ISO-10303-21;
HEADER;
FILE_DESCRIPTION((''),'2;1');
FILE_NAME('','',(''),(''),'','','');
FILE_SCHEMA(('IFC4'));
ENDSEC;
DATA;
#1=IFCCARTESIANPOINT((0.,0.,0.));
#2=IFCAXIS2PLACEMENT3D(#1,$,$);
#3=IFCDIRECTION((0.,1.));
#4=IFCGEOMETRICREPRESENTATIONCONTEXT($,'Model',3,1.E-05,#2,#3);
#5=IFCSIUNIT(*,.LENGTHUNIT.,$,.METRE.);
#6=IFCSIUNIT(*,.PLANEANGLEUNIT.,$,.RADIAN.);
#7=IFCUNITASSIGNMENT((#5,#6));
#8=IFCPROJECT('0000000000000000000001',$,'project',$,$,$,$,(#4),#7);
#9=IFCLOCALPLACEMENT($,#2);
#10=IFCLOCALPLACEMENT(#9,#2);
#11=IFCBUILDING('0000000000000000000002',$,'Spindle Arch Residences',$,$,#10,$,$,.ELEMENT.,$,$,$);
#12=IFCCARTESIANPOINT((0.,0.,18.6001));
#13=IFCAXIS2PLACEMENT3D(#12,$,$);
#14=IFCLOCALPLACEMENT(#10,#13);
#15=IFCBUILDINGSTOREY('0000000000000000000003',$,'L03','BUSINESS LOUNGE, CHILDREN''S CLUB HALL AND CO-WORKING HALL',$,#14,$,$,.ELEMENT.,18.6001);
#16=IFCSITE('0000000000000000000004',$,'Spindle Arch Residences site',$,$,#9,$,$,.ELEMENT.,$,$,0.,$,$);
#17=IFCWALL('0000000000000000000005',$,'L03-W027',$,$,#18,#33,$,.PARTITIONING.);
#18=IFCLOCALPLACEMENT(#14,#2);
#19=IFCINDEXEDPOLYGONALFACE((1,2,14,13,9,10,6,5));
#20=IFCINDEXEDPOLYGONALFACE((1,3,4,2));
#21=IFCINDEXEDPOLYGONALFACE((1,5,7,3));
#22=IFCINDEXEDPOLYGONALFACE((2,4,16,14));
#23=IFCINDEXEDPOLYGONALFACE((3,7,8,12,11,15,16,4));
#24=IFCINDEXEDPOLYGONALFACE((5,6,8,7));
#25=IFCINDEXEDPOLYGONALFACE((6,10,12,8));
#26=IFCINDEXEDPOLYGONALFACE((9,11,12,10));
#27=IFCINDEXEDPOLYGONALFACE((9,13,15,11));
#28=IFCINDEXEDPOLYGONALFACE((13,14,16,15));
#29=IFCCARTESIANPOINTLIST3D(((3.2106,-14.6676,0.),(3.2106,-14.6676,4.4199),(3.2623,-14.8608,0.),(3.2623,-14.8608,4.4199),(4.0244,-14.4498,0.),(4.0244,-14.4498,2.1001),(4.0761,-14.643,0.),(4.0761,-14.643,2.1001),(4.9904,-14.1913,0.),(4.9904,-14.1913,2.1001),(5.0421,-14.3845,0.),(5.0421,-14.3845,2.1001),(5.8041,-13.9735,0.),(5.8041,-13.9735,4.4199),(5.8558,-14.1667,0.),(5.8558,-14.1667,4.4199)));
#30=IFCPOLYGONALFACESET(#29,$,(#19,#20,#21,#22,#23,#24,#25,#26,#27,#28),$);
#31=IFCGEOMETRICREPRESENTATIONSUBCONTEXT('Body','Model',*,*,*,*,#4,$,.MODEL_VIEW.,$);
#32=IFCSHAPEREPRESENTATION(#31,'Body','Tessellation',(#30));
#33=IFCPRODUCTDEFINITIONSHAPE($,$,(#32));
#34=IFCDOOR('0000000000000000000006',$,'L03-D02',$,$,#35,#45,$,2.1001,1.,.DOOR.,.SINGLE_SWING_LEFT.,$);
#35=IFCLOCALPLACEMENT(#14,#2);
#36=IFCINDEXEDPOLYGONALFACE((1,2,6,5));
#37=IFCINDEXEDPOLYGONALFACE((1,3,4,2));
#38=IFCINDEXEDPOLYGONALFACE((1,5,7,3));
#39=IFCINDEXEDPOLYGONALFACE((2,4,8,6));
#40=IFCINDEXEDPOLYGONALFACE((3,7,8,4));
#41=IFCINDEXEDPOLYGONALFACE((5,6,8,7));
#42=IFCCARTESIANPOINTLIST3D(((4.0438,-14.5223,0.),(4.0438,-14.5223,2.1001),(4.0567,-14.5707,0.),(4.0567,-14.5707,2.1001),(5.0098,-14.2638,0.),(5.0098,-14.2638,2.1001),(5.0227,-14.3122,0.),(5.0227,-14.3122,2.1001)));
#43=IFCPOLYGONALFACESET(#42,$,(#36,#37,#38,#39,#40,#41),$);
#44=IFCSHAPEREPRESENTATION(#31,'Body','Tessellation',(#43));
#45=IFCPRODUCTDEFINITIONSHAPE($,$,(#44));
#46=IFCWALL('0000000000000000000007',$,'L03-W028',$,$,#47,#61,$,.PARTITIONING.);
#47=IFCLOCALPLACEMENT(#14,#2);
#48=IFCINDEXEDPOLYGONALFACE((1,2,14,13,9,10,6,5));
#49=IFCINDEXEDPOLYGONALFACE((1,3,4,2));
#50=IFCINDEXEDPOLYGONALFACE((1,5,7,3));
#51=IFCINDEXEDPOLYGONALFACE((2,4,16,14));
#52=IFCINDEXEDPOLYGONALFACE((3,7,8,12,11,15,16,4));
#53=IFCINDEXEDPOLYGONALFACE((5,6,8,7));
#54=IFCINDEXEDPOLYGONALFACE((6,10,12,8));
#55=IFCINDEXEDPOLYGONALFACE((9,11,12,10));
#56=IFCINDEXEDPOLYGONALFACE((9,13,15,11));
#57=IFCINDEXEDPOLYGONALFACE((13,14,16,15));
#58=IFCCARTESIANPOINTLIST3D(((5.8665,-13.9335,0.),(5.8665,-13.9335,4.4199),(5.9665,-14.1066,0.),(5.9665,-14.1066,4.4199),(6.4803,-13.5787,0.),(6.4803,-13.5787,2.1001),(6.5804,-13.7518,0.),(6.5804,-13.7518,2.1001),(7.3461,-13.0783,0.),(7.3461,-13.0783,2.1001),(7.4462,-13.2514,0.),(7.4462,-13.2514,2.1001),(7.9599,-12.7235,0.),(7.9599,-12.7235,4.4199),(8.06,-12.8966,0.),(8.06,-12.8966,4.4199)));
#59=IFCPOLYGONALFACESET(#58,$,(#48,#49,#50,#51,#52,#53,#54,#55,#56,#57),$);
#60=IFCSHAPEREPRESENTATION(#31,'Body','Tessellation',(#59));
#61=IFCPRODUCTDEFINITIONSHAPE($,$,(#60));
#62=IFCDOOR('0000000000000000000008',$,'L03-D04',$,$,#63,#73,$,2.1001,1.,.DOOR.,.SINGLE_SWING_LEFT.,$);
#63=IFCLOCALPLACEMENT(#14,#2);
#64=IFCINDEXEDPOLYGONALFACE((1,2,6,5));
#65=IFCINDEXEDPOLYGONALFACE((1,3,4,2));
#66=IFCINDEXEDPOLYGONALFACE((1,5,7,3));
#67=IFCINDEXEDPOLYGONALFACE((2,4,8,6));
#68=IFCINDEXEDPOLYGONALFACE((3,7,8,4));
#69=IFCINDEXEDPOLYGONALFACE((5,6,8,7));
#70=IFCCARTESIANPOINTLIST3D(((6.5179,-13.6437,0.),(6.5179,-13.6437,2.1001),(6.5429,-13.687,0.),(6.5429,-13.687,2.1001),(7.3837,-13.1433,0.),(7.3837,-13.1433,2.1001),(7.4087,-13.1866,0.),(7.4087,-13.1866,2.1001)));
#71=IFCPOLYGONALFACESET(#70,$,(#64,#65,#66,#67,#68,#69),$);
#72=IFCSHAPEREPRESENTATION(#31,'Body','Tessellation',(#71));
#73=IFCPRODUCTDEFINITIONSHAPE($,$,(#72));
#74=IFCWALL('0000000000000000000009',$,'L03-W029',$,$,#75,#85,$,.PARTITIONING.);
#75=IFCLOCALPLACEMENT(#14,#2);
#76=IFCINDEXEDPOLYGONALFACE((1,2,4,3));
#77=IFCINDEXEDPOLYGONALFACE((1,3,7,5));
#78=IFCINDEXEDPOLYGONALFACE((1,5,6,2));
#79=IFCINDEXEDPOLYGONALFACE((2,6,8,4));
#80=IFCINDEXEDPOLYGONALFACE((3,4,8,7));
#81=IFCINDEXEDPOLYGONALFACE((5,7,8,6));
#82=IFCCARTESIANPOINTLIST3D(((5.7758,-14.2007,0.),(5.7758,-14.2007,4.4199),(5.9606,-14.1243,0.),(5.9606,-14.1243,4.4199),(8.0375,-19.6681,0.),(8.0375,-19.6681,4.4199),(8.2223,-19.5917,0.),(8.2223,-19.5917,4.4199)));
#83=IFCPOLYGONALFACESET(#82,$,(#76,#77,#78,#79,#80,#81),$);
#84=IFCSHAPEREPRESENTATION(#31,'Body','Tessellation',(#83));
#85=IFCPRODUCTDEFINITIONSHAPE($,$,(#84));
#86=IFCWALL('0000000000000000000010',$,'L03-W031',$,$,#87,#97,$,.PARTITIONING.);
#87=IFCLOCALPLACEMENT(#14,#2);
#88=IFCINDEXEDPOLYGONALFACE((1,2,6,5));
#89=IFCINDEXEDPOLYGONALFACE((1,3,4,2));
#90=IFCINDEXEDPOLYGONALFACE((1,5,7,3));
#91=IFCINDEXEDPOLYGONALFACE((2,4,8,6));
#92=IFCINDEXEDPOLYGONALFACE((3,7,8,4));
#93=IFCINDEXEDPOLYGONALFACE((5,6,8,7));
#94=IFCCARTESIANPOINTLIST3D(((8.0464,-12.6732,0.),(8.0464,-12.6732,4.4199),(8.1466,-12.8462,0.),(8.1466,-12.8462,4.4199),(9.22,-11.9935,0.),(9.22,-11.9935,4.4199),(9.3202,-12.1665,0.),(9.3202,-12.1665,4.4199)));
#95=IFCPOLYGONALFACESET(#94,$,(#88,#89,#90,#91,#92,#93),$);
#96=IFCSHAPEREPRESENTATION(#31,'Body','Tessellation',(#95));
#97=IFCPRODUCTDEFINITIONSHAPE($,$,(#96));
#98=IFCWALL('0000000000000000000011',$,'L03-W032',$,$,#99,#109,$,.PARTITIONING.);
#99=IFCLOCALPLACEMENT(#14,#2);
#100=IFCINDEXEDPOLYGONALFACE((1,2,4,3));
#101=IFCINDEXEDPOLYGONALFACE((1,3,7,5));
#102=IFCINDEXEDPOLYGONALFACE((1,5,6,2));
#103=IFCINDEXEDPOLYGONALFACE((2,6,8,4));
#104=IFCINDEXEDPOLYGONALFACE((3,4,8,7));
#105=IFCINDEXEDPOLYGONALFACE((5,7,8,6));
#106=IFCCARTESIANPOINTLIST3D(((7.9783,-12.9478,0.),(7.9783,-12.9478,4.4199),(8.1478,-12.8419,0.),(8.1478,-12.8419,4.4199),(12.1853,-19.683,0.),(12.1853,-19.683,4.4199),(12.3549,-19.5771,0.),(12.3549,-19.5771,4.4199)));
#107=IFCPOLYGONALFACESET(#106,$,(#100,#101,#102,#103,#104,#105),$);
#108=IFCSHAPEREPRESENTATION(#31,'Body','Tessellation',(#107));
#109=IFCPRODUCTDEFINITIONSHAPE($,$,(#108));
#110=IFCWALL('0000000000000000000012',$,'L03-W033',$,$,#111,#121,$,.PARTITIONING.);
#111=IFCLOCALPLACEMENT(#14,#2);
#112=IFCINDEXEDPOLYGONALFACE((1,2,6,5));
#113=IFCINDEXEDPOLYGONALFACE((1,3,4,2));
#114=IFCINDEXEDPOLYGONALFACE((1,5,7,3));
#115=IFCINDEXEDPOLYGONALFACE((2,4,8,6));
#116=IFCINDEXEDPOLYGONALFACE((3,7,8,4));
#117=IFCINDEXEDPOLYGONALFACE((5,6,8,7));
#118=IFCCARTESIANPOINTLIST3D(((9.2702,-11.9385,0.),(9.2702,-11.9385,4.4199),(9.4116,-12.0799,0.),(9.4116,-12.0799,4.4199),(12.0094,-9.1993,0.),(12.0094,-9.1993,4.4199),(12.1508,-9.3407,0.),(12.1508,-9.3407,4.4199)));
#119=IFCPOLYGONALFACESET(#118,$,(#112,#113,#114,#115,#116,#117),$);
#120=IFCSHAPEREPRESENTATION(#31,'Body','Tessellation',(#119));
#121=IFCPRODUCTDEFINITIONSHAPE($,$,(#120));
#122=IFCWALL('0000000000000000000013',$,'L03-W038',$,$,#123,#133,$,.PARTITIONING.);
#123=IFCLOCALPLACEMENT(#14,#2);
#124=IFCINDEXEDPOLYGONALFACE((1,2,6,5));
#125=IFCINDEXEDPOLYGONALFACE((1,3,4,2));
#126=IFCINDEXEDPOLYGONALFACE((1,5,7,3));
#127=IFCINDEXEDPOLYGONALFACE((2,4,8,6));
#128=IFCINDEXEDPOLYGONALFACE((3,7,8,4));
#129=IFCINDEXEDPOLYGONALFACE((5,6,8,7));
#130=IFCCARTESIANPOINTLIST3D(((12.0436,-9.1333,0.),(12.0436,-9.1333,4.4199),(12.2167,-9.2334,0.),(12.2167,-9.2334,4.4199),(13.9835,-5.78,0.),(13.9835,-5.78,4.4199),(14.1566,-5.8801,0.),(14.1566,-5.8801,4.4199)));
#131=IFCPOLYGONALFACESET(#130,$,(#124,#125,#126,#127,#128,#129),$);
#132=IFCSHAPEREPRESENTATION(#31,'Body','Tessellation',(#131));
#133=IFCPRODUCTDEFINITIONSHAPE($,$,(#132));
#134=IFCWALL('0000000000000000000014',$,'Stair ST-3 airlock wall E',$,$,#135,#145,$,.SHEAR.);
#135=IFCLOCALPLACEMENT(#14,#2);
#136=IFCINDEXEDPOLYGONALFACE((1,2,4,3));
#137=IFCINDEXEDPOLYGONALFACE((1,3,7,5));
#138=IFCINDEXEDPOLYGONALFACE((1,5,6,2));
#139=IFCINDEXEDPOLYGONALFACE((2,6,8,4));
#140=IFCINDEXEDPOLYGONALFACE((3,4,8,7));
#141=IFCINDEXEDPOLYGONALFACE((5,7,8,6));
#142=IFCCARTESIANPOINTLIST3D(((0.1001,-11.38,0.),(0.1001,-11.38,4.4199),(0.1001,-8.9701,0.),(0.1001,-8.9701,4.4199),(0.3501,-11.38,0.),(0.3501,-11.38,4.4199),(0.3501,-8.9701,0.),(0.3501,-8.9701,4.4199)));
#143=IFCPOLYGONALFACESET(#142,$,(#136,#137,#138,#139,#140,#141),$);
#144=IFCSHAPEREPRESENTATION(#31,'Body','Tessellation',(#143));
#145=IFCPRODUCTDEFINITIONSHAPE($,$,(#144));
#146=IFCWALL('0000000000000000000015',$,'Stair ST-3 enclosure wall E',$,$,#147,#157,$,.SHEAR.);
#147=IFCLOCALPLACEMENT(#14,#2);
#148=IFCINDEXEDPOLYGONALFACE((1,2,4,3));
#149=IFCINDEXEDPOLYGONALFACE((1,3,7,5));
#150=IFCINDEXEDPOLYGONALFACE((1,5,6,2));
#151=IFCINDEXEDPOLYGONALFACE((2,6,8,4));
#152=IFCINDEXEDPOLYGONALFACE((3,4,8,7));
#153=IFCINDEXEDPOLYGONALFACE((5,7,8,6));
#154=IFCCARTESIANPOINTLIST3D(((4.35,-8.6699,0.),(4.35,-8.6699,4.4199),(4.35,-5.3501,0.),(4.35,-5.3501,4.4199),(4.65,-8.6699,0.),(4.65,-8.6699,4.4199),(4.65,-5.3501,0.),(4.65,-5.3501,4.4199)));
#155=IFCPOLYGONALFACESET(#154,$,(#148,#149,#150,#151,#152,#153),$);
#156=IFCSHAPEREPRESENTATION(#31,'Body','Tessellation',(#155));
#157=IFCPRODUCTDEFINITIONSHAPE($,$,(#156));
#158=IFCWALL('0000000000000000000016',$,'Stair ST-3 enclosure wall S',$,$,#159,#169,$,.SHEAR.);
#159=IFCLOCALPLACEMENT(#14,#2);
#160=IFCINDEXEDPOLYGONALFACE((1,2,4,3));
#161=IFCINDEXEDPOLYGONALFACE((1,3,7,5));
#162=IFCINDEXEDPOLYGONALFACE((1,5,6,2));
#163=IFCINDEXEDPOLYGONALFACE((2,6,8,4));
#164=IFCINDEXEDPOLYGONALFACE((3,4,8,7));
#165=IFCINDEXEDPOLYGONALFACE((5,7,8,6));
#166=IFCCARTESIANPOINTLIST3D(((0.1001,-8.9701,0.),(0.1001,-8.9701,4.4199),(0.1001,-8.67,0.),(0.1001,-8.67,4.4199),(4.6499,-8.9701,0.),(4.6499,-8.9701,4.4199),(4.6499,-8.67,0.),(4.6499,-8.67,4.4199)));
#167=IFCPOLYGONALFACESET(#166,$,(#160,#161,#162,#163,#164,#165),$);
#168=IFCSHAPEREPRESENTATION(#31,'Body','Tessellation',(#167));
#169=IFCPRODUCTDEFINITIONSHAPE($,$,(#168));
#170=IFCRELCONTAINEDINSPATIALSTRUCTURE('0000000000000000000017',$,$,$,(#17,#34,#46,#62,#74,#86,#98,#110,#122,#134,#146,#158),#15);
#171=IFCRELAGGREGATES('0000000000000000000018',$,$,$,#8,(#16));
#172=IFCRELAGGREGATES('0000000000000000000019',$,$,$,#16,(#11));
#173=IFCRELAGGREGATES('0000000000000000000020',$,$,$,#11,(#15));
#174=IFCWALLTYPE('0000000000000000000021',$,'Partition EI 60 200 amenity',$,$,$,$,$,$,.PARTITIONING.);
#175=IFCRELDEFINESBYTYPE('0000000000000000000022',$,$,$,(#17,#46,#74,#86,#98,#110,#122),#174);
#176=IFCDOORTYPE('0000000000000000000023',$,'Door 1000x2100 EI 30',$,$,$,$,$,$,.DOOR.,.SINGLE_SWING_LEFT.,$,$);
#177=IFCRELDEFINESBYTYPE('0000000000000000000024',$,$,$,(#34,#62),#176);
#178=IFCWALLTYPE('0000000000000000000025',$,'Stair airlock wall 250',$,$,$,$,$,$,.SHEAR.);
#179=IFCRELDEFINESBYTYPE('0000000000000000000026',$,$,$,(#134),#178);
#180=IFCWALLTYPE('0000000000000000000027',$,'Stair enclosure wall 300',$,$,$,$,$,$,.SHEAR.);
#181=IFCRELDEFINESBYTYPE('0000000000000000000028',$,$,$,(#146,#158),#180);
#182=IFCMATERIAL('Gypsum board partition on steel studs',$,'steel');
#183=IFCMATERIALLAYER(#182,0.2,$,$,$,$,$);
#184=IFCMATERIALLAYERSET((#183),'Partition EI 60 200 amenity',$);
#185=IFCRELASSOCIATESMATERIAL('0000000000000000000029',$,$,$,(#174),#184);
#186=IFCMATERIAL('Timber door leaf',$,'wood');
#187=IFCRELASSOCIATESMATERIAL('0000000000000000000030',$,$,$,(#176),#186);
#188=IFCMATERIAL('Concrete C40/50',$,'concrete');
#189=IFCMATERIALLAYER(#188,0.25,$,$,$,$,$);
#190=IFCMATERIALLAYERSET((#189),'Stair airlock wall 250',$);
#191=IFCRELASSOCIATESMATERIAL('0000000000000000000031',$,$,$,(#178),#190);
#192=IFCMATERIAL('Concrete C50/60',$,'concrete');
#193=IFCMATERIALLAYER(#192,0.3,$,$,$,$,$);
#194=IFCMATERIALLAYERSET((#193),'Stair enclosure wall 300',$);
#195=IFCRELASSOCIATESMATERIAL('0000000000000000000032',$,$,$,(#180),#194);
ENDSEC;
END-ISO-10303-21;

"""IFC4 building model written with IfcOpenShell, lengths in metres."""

from ifc_helpers import new_model, si_unit, direction, frame, frame_2d, origin, place, context, subcontext, project, spatial, rectangle, extrude, material, layer, layer_set, type_object, element, fill, save


model = new_model("IFC4")

# Units and contexts
model_context = context("Model", 3, precision=1e-05, world=origin(), true_north=direction((0.0, 1.0)))
body_context = subcontext(model_context, "Body", "Model", "MODEL_VIEW")
ifc_project = project(units=[si_unit("LENGTHUNIT", "METRE"), si_unit("PLANEANGLEUNIT", "RADIAN")], contexts=[model_context])

# Site, building, storey
site_placement = place(None, origin())
site = spatial("IfcSite", under=ifc_project, at=site_placement, Name="Spindle Arch Residences site", CompositionType="ELEMENT", RefElevation=0.0)
building_placement = place(site_placement, origin())
building = spatial("IfcBuilding", under=site, at=building_placement, Name="Spindle Arch Residences", CompositionType="ELEMENT")
storey_placement = place(building_placement, frame((0.0, 0.0, 18.6001)))
storey = spatial("IfcBuildingStorey", under=building, at=storey_placement, Name="L03", Description="BUSINESS LOUNGE, CHILDREN'S CLUB HALL AND CO-WORKING HALL", CompositionType="ELEMENT", Elevation=18.6001)

# Shared definitions
ifc_material_1 = material(Name="Gypsum board partition on steel studs", Category="steel")
ifc_layer_1 = layer(ifc_material_1, 0.2)
ifc_layer_set_1 = layer_set([ifc_layer_1], Name="Partition EI 60 200 amenity")
wall_type_1 = type_object("IfcWallType", Name="Partition EI 60 200 amenity", PredefinedType="PARTITIONING", material=ifc_layer_set_1)

# Walls, openings, doors
wall_1_placement = place(storey_placement, frame((3.2366, -14.7642, 0.0), z_axis=(0.0, 0.0, 1.0), x_axis=(0.966004, 0.258529, 0.0)))
wall_1 = element("IfcWall", 1, at=wall_1_placement, inside=storey, type_object=wall_type_1, Name="L03-W027", PredefinedType="PARTITIONING", context=body_context, shape_type="SweptSolid", body=[
    extrude(rectangle(XDim=2.6848, YDim=0.2, at=frame_2d((1.3423, 0.0))), origin(), (0.0, 0.0, 1.0), 4.4199),
])
opening_1_placement = place(wall_1_placement, frame((0.8423, 0.0, 0.0)))
opening_1 = element("IfcOpeningElement", 2, at=opening_1_placement, cuts=wall_1, PredefinedType="OPENING", context=body_context, shape_type="SweptSolid", body=[
    extrude(rectangle(XDim=1.0, YDim=2.1001, at=frame_2d((0.5, 1.05))), frame((0.0, 0.1099, 0.0), z_axis=(0.0, -1.0, 0.0), x_axis=(1.0, 0.0, 0.0)), (0.0, 0.0, 1.0), 0.22),
])
ifc_material_2 = material(Name="Timber door leaf", Category="wood")
door_type_1 = type_object("IfcDoorType", Name="Door 1000x2100 EI 30", OperationType="SINGLE_SWING_LEFT", PredefinedType="DOOR", material=ifc_material_2)
door_1_placement = place(opening_1_placement, origin())
door_1 = element("IfcDoor", 3, at=door_1_placement, inside=storey, type_object=door_type_1, Name="L03-D02", OperationType="SINGLE_SWING_LEFT", OverallHeight=2.1001, OverallWidth=1.0, PredefinedType="DOOR", context=body_context, shape_type="SweptSolid", body=[
    extrude(rectangle(XDim=1.0, YDim=2.1001, at=frame_2d((0.5, 1.05))), frame((0.0, 0.0249, 0.0), z_axis=(0.0, -1.0, 0.0), x_axis=(1.0, 0.0, 0.0)), (0.0, 0.0, 1.0), 0.05),
])
fill(opening_1, door_1)
wall_2_placement = place(storey_placement, frame((5.9165, -14.02, 0.0), z_axis=(0.0, 0.0, 1.0), x_axis=(0.865797, 0.500395, 0.0)))
wall_2 = element("IfcWall", 4, at=wall_2_placement, inside=storey, type_object=wall_type_1, Name="L03-W028", PredefinedType="PARTITIONING", context=body_context, shape_type="SweptSolid", body=[
    extrude(rectangle(XDim=2.418, YDim=0.2, at=frame_2d((1.209, 0.0))), origin(), (0.0, 0.0, 1.0), 4.4199),
])
opening_2_placement = place(wall_2_placement, frame((0.709, 0.0, 0.0)))
opening_2 = element("IfcOpeningElement", 5, at=opening_2_placement, cuts=wall_2, PredefinedType="OPENING", context=body_context, shape_type="SweptSolid", body=[
    extrude(rectangle(XDim=1.0, YDim=2.1001, at=frame_2d((0.5, 1.05))), frame((0.0, 0.1099, 0.0), z_axis=(0.0, -1.0, 0.0), x_axis=(1.0, 0.0, 0.0)), (0.0, 0.0, 1.0), 0.22),
])
door_2_placement = place(opening_2_placement, origin())
door_2 = element("IfcDoor", 6, at=door_2_placement, inside=storey, type_object=door_type_1, Name="L03-D04", OperationType="SINGLE_SWING_LEFT", OverallHeight=2.1001, OverallWidth=1.0, PredefinedType="DOOR", context=body_context, shape_type="SweptSolid", body=[
    extrude(rectangle(XDim=1.0, YDim=2.1001, at=frame_2d((0.5, 1.05))), frame((0.0, 0.0249, 0.0), z_axis=(0.0, -1.0, 0.0), x_axis=(1.0, 0.0, 0.0)), (0.0, 0.0, 1.0), 0.05),
])
fill(opening_2, door_2)

# Walls
wall_3_placement = place(storey_placement, frame((5.8682, -14.1624, 0.0), z_axis=(0.0, 0.0, 1.0), x_axis=(0.38225, -0.924059, 0.0)))
element("IfcWall", 7, at=wall_3_placement, inside=storey, type_object=wall_type_1, Name="L03-W029", PredefinedType="PARTITIONING", context=body_context, shape_type="SweptSolid", body=[
    extrude(rectangle(XDim=5.9167, YDim=0.2, at=frame_2d((2.9585, 0.0))), origin(), (0.0, 0.0, 1.0), 4.4199),
])
wall_4_placement = place(storey_placement, frame((8.0964, -12.7598, 0.0), z_axis=(0.0, 0.0, 1.0), x_axis=(0.865348, 0.501171, 0.0)))
element("IfcWall", 8, at=wall_4_placement, inside=storey, type_object=wall_type_1, Name="L03-W031", PredefinedType="PARTITIONING", context=body_context, shape_type="SweptSolid", body=[
    extrude(rectangle(XDim=1.3562, YDim=0.2, at=frame_2d((0.6782, 0.0))), origin(), (0.0, 0.0, 1.0), 4.4199),
])
wall_5_placement = place(storey_placement, frame((8.063, -12.8948, 0.0), z_axis=(0.0, 0.0, 1.0), x_axis=(0.529781, -0.848135, 0.0)))
element("IfcWall", 9, at=wall_5_placement, inside=storey, type_object=wall_type_1, Name="L03-W032", PredefinedType="PARTITIONING", context=body_context, shape_type="SweptSolid", body=[
    extrude(rectangle(XDim=7.9412, YDim=0.2, at=frame_2d((3.9707, 0.0))), origin(), (0.0, 0.0, 1.0), 4.4199),
])
wall_6_placement = place(storey_placement, frame((9.3408, -12.0093, 0.0), z_axis=(0.0, 0.0, 1.0), x_axis=(0.707107, 0.707107, 0.0)))
element("IfcWall", 10, at=wall_6_placement, inside=storey, type_object=wall_type_1, Name="L03-W033", PredefinedType="PARTITIONING", context=body_context, shape_type="SweptSolid", body=[
    extrude(rectangle(XDim=3.8738, YDim=0.2, at=frame_2d((1.937, 0.0))), origin(), (0.0, 0.0, 1.0), 4.4199),
])
wall_7_placement = place(storey_placement, frame((12.1301, -9.1833, 0.0), z_axis=(0.0, 0.0, 1.0), x_axis=(0.50076, 0.865586, 0.0)))
element("IfcWall", 11, at=wall_7_placement, inside=storey, type_object=wall_type_1, Name="L03-W038", PredefinedType="PARTITIONING", context=body_context, shape_type="SweptSolid", body=[
    extrude(rectangle(XDim=3.874, YDim=0.2, at=frame_2d((1.937, 0.0))), origin(), (0.0, 0.0, 1.0), 4.4199),
])
ifc_material_3 = material(Name="Concrete C40/50", Category="concrete")
ifc_layer_2 = layer(ifc_material_3, 0.25)
ifc_layer_set_2 = layer_set([ifc_layer_2], Name="Stair airlock wall 250")
wall_type_2 = type_object("IfcWallType", Name="Stair airlock wall 250", PredefinedType="SHEAR", material=ifc_layer_set_2)
wall_8_placement = place(storey_placement, frame((0.2251, -8.97, 0.0), z_axis=(0.0, 0.0, 1.0), x_axis=(0.0, -1.0, 0.0)))
element("IfcWall", 12, at=wall_8_placement, inside=storey, type_object=wall_type_2, Name="Stair ST-3 airlock wall E", PredefinedType="SHEAR", context=body_context, shape_type="SweptSolid", body=[
    extrude(rectangle(XDim=2.4099, YDim=0.25, at=frame_2d((1.2051, 0.0))), origin(), (0.0, 0.0, 1.0), 4.4199),
])
ifc_material_4 = material(Name="Concrete C50/60", Category="concrete")
ifc_layer_3 = layer(ifc_material_4, 0.3)
ifc_layer_set_3 = layer_set([ifc_layer_3], Name="Stair enclosure wall 300")
wall_type_3 = type_object("IfcWallType", Name="Stair enclosure wall 300", PredefinedType="SHEAR", material=ifc_layer_set_3)
wall_9_placement = place(storey_placement, frame((4.5, -8.6699, 0.0), z_axis=(0.0, 0.0, 1.0), x_axis=(0.0, 1.0, 0.0)))
element("IfcWall", 13, at=wall_9_placement, inside=storey, type_object=wall_type_3, Name="Stair ST-3 enclosure wall E", PredefinedType="SHEAR", context=body_context, shape_type="SweptSolid", body=[
    extrude(rectangle(XDim=3.3198, YDim=0.3, at=frame_2d((1.6599, 0.0))), origin(), (0.0, 0.0, 1.0), 4.4199),
])
wall_10_placement = place(storey_placement, frame((0.1001, -8.8201, 0.0), z_axis=(0.0, 0.0, 1.0), x_axis=(1.0, 0.0, 0.0)))
element("IfcWall", 14, at=wall_10_placement, inside=storey, type_object=wall_type_3, Name="Stair ST-3 enclosure wall S", PredefinedType="SHEAR", context=body_context, shape_type="SweptSolid", body=[
    extrude(rectangle(XDim=4.5498, YDim=0.3, at=frame_2d((2.2749, 0.0))), origin(), (0.0, 0.0, 1.0), 4.4199),
])

save(model, "model.ifc")
